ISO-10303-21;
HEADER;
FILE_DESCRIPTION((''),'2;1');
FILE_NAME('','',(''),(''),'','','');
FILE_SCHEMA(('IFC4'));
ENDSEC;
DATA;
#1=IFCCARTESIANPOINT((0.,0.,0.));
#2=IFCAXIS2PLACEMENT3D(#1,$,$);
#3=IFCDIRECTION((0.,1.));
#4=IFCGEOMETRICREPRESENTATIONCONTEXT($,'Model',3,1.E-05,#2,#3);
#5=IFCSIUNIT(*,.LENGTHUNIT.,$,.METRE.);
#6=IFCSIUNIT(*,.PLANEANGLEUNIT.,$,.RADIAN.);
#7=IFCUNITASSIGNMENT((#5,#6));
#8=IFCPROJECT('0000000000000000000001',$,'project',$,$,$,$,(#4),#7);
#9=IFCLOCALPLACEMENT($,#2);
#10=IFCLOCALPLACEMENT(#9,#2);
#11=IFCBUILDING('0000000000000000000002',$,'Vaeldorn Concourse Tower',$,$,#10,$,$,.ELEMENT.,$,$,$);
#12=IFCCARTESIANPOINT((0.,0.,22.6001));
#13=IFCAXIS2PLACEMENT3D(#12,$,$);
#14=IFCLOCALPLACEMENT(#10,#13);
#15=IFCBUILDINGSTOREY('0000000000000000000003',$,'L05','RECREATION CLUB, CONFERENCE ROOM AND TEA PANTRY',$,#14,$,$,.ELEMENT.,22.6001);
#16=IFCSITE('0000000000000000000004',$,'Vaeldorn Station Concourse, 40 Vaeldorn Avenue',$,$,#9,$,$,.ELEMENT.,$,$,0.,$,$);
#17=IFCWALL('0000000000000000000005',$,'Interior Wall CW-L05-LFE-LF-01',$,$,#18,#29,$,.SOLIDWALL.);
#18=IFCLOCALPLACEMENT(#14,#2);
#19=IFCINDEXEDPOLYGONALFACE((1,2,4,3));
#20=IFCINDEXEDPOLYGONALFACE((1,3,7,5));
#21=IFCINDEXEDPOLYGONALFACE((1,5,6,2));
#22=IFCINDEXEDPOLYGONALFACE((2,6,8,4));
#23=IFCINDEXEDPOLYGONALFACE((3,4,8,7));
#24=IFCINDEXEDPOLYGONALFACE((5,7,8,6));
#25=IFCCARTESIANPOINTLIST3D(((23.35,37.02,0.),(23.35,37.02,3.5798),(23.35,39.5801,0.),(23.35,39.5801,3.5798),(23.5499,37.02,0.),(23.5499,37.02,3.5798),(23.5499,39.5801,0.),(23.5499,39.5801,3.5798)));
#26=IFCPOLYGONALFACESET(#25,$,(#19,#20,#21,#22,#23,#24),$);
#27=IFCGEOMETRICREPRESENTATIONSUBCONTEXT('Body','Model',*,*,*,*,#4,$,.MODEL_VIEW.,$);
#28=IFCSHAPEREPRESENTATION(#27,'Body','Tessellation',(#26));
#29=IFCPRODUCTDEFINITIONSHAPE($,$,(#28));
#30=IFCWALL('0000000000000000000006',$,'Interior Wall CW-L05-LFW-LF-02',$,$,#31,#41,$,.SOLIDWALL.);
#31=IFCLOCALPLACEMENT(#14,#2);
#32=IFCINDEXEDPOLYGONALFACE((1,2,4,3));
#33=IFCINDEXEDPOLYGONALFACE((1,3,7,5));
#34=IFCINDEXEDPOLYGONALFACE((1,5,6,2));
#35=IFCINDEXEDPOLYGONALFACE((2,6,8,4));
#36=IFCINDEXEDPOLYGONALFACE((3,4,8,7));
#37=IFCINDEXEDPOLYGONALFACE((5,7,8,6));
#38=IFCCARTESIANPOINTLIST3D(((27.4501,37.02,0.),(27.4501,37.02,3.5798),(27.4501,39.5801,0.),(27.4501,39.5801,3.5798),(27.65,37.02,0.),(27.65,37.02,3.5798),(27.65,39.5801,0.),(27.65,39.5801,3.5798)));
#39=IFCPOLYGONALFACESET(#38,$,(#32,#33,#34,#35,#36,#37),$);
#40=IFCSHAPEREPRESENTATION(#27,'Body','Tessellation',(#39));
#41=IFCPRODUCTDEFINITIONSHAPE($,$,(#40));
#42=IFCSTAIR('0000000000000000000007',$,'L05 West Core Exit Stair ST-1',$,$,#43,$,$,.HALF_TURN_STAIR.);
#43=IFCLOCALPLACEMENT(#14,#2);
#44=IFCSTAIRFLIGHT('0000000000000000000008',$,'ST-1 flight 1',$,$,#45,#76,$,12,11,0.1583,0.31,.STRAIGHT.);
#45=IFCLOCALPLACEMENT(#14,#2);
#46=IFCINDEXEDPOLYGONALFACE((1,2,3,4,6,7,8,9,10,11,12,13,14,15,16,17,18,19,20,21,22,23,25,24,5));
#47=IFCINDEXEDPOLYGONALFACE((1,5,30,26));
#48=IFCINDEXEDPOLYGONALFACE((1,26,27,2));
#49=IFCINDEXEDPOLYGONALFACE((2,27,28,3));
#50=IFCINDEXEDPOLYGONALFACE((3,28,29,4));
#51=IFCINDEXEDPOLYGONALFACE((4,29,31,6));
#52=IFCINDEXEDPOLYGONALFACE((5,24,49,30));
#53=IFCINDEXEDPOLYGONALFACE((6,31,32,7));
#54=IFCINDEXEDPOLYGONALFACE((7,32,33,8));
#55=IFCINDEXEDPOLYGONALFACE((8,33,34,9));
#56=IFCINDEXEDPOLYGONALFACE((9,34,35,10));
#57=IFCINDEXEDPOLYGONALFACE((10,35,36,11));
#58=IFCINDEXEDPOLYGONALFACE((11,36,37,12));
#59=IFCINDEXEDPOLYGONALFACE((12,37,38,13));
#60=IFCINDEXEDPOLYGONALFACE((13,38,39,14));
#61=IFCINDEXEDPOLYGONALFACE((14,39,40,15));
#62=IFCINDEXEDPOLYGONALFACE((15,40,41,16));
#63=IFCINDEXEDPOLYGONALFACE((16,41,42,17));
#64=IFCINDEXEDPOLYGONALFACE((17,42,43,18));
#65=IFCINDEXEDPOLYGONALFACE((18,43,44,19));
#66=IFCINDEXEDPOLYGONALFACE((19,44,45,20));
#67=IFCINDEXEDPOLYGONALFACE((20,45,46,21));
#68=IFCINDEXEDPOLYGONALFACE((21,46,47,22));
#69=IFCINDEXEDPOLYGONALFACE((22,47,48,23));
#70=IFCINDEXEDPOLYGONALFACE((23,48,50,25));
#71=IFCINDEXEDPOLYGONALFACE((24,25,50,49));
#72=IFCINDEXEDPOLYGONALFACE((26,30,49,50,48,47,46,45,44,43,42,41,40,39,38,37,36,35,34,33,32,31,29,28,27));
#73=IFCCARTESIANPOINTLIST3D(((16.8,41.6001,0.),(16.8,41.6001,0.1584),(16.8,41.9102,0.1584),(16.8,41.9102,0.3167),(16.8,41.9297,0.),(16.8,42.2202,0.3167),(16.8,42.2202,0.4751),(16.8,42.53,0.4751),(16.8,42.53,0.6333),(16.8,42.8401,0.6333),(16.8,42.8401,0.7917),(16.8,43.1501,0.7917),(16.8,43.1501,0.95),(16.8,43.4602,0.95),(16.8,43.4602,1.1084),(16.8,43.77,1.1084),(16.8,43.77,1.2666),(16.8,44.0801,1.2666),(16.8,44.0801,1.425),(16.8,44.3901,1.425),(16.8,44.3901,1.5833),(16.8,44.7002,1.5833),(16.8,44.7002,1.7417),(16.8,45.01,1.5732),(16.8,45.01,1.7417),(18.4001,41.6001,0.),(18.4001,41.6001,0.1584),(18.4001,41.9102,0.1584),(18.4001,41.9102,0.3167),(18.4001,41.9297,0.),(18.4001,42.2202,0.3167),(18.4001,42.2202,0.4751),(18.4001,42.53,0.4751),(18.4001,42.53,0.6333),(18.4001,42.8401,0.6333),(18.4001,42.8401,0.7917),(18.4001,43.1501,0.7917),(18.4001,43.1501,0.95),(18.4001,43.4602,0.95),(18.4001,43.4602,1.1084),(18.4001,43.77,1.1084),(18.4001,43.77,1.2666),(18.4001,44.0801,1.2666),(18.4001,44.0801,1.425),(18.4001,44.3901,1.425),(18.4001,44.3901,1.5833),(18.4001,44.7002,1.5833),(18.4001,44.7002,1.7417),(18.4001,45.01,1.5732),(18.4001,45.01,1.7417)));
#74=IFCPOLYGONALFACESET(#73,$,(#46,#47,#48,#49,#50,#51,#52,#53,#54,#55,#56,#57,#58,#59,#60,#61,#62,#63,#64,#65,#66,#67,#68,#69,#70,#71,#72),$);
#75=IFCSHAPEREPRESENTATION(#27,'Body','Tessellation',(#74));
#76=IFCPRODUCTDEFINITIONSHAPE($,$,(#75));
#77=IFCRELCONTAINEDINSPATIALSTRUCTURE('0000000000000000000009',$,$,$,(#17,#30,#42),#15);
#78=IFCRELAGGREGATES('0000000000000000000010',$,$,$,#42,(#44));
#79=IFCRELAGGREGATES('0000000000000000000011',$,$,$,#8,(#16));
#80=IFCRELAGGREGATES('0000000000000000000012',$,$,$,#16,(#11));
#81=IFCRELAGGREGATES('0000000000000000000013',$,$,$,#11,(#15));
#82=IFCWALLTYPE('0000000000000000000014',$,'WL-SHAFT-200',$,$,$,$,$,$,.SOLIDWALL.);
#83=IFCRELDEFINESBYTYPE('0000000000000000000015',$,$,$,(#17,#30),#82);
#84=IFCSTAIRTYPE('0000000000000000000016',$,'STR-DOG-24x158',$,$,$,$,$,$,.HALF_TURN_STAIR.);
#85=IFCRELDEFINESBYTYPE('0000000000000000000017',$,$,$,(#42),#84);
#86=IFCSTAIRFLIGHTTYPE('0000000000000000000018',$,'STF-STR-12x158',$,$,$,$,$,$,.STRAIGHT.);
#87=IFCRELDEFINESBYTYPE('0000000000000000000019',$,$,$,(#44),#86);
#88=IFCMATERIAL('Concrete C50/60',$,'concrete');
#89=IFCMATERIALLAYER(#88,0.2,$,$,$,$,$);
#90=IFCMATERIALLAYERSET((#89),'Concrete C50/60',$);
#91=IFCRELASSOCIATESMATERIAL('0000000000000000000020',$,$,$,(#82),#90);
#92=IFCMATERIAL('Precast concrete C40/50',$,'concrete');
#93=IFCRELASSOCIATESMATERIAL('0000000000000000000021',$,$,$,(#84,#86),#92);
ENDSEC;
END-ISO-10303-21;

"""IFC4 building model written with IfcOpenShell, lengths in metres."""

from ifc_helpers import new_model, si_unit, direction, frame, frame_2d, origin, place, context, subcontext, project, spatial, polyline, rectangle, outline, extrude, material, layer, layer_set, type_object, element, aggregate, save


model = new_model("IFC4")

# Units and contexts
model_context = context("Model", 3, precision=1e-05, world=origin(), true_north=direction((0.0, 1.0)))
body_context = subcontext(model_context, "Body", "Model", "MODEL_VIEW")
ifc_project = project(units=[si_unit("LENGTHUNIT", "METRE"), si_unit("PLANEANGLEUNIT", "RADIAN")], contexts=[model_context])

# Site, building, storey
site_placement = place(None, origin())
site = spatial("IfcSite", under=ifc_project, at=site_placement, Name="Vaeldorn Station Concourse, 40 Vaeldorn Avenue", CompositionType="ELEMENT", RefElevation=0.0)
building_placement = place(site_placement, origin())
building = spatial("IfcBuilding", under=site, at=building_placement, Name="Vaeldorn Concourse Tower", CompositionType="ELEMENT")
storey_placement = place(building_placement, frame((0.0, 0.0, 22.6001)))
storey = spatial("IfcBuildingStorey", under=building, at=storey_placement, Name="L05", Description="RECREATION CLUB, CONFERENCE ROOM AND TEA PANTRY", CompositionType="ELEMENT", Elevation=22.6001)

# Shared definitions
ifc_material_1 = material(Name="Concrete C50/60", Category="concrete")
ifc_layer_1 = layer(ifc_material_1, 0.2)
ifc_layer_set_1 = layer_set([ifc_layer_1], Name="Concrete C50/60")
wall_type_1 = type_object("IfcWallType", Name="WL-SHAFT-200", PredefinedType="SOLIDWALL", material=ifc_layer_set_1)

# Wall
wall_1_placement = place(storey_placement, frame((23.45, 37.02, 0.0), z_axis=(0.0, 0.0, 1.0), x_axis=(0.0, 1.0, 0.0)))
element("IfcWall", 1, at=wall_1_placement, inside=storey, type_object=wall_type_1, Name="Interior Wall CW-L05-LFE-LF-01", PredefinedType="SOLIDWALL", context=body_context, shape_type="SweptSolid", body=[
    extrude(rectangle(XDim=2.5601, YDim=0.2, at=frame_2d((1.28, 0.0))), origin(), (0.0, 0.0, 1.0), 3.5798),
])

# Wall
wall_2_placement = place(storey_placement, frame((27.55, 37.02, 0.0), z_axis=(0.0, 0.0, 1.0), x_axis=(0.0, 1.0, 0.0)))
element("IfcWall", 2, at=wall_2_placement, inside=storey, type_object=wall_type_1, Name="Interior Wall CW-L05-LFW-LF-02", PredefinedType="SOLIDWALL", context=body_context, shape_type="SweptSolid", body=[
    extrude(rectangle(XDim=2.5601, YDim=0.2, at=frame_2d((1.28, 0.0))), origin(), (0.0, 0.0, 1.0), 3.5798),
])

# Stair, stair flight
ifc_material_2 = material(Name="Precast concrete C40/50", Category="concrete")
stair_type = type_object("IfcStairType", Name="STR-DOG-24x158", PredefinedType="HALF_TURN_STAIR", material=ifc_material_2)
stair_placement = place(storey_placement, origin())
stair = element("IfcStair", 3, at=stair_placement, inside=storey, type_object=stair_type, Name="L05 West Core Exit Stair ST-1", PredefinedType="HALF_TURN_STAIR")
stair_flight_type = type_object("IfcStairFlightType", Name="STF-STR-12x158", PredefinedType="STRAIGHT", material=ifc_material_2)
stair_flight_placement = place(storey_placement, frame((17.6001, 41.6001, 0.0), z_axis=(0.0, 0.0, 1.0), x_axis=(0.0, 1.0, 0.0)))
stair_flight = element("IfcStairFlight", 4, at=stair_flight_placement, type_object=stair_flight_type, Name="ST-1 flight 1", NumberOfRisers=12, NumberOfTreads=11, PredefinedType="STRAIGHT", RiserHeight=0.1583, TreadLength=0.31, context=body_context, shape_type="SweptSolid", body=[
    extrude(outline(polyline([(0.0, 0.0), (0.0, 0.1584), (0.3101, 0.1584), (0.3101, 0.3167), (0.6201, 0.3167), (0.6201, 0.4751), (0.9299, 0.4751), (0.9299, 0.6333), (1.24, 0.6333), (1.24, 0.7917), (1.55, 0.7917), (1.55, 0.95), (1.8601, 0.95), (1.8601, 1.1084), (2.1699, 1.1084), (2.1699, 1.2666), (2.48, 1.2666), (2.48, 1.425), (2.79, 1.425), (2.79, 1.5833), (3.1001, 1.5833), (3.1001, 1.7417), (3.4099, 1.7417), (3.4099, 1.8999), (3.4099, 1.5732), (0.3296, 0.0), (0.0, 0.0)])), frame((0.0, 0.8, 0.0), z_axis=(0.0, -1.0, 0.0), x_axis=(1.0, 0.0, 0.0)), (0.0, 0.0, 1.0), 1.6001),
])
aggregate(stair, [stair_flight])

save(model, "model.ifc")
